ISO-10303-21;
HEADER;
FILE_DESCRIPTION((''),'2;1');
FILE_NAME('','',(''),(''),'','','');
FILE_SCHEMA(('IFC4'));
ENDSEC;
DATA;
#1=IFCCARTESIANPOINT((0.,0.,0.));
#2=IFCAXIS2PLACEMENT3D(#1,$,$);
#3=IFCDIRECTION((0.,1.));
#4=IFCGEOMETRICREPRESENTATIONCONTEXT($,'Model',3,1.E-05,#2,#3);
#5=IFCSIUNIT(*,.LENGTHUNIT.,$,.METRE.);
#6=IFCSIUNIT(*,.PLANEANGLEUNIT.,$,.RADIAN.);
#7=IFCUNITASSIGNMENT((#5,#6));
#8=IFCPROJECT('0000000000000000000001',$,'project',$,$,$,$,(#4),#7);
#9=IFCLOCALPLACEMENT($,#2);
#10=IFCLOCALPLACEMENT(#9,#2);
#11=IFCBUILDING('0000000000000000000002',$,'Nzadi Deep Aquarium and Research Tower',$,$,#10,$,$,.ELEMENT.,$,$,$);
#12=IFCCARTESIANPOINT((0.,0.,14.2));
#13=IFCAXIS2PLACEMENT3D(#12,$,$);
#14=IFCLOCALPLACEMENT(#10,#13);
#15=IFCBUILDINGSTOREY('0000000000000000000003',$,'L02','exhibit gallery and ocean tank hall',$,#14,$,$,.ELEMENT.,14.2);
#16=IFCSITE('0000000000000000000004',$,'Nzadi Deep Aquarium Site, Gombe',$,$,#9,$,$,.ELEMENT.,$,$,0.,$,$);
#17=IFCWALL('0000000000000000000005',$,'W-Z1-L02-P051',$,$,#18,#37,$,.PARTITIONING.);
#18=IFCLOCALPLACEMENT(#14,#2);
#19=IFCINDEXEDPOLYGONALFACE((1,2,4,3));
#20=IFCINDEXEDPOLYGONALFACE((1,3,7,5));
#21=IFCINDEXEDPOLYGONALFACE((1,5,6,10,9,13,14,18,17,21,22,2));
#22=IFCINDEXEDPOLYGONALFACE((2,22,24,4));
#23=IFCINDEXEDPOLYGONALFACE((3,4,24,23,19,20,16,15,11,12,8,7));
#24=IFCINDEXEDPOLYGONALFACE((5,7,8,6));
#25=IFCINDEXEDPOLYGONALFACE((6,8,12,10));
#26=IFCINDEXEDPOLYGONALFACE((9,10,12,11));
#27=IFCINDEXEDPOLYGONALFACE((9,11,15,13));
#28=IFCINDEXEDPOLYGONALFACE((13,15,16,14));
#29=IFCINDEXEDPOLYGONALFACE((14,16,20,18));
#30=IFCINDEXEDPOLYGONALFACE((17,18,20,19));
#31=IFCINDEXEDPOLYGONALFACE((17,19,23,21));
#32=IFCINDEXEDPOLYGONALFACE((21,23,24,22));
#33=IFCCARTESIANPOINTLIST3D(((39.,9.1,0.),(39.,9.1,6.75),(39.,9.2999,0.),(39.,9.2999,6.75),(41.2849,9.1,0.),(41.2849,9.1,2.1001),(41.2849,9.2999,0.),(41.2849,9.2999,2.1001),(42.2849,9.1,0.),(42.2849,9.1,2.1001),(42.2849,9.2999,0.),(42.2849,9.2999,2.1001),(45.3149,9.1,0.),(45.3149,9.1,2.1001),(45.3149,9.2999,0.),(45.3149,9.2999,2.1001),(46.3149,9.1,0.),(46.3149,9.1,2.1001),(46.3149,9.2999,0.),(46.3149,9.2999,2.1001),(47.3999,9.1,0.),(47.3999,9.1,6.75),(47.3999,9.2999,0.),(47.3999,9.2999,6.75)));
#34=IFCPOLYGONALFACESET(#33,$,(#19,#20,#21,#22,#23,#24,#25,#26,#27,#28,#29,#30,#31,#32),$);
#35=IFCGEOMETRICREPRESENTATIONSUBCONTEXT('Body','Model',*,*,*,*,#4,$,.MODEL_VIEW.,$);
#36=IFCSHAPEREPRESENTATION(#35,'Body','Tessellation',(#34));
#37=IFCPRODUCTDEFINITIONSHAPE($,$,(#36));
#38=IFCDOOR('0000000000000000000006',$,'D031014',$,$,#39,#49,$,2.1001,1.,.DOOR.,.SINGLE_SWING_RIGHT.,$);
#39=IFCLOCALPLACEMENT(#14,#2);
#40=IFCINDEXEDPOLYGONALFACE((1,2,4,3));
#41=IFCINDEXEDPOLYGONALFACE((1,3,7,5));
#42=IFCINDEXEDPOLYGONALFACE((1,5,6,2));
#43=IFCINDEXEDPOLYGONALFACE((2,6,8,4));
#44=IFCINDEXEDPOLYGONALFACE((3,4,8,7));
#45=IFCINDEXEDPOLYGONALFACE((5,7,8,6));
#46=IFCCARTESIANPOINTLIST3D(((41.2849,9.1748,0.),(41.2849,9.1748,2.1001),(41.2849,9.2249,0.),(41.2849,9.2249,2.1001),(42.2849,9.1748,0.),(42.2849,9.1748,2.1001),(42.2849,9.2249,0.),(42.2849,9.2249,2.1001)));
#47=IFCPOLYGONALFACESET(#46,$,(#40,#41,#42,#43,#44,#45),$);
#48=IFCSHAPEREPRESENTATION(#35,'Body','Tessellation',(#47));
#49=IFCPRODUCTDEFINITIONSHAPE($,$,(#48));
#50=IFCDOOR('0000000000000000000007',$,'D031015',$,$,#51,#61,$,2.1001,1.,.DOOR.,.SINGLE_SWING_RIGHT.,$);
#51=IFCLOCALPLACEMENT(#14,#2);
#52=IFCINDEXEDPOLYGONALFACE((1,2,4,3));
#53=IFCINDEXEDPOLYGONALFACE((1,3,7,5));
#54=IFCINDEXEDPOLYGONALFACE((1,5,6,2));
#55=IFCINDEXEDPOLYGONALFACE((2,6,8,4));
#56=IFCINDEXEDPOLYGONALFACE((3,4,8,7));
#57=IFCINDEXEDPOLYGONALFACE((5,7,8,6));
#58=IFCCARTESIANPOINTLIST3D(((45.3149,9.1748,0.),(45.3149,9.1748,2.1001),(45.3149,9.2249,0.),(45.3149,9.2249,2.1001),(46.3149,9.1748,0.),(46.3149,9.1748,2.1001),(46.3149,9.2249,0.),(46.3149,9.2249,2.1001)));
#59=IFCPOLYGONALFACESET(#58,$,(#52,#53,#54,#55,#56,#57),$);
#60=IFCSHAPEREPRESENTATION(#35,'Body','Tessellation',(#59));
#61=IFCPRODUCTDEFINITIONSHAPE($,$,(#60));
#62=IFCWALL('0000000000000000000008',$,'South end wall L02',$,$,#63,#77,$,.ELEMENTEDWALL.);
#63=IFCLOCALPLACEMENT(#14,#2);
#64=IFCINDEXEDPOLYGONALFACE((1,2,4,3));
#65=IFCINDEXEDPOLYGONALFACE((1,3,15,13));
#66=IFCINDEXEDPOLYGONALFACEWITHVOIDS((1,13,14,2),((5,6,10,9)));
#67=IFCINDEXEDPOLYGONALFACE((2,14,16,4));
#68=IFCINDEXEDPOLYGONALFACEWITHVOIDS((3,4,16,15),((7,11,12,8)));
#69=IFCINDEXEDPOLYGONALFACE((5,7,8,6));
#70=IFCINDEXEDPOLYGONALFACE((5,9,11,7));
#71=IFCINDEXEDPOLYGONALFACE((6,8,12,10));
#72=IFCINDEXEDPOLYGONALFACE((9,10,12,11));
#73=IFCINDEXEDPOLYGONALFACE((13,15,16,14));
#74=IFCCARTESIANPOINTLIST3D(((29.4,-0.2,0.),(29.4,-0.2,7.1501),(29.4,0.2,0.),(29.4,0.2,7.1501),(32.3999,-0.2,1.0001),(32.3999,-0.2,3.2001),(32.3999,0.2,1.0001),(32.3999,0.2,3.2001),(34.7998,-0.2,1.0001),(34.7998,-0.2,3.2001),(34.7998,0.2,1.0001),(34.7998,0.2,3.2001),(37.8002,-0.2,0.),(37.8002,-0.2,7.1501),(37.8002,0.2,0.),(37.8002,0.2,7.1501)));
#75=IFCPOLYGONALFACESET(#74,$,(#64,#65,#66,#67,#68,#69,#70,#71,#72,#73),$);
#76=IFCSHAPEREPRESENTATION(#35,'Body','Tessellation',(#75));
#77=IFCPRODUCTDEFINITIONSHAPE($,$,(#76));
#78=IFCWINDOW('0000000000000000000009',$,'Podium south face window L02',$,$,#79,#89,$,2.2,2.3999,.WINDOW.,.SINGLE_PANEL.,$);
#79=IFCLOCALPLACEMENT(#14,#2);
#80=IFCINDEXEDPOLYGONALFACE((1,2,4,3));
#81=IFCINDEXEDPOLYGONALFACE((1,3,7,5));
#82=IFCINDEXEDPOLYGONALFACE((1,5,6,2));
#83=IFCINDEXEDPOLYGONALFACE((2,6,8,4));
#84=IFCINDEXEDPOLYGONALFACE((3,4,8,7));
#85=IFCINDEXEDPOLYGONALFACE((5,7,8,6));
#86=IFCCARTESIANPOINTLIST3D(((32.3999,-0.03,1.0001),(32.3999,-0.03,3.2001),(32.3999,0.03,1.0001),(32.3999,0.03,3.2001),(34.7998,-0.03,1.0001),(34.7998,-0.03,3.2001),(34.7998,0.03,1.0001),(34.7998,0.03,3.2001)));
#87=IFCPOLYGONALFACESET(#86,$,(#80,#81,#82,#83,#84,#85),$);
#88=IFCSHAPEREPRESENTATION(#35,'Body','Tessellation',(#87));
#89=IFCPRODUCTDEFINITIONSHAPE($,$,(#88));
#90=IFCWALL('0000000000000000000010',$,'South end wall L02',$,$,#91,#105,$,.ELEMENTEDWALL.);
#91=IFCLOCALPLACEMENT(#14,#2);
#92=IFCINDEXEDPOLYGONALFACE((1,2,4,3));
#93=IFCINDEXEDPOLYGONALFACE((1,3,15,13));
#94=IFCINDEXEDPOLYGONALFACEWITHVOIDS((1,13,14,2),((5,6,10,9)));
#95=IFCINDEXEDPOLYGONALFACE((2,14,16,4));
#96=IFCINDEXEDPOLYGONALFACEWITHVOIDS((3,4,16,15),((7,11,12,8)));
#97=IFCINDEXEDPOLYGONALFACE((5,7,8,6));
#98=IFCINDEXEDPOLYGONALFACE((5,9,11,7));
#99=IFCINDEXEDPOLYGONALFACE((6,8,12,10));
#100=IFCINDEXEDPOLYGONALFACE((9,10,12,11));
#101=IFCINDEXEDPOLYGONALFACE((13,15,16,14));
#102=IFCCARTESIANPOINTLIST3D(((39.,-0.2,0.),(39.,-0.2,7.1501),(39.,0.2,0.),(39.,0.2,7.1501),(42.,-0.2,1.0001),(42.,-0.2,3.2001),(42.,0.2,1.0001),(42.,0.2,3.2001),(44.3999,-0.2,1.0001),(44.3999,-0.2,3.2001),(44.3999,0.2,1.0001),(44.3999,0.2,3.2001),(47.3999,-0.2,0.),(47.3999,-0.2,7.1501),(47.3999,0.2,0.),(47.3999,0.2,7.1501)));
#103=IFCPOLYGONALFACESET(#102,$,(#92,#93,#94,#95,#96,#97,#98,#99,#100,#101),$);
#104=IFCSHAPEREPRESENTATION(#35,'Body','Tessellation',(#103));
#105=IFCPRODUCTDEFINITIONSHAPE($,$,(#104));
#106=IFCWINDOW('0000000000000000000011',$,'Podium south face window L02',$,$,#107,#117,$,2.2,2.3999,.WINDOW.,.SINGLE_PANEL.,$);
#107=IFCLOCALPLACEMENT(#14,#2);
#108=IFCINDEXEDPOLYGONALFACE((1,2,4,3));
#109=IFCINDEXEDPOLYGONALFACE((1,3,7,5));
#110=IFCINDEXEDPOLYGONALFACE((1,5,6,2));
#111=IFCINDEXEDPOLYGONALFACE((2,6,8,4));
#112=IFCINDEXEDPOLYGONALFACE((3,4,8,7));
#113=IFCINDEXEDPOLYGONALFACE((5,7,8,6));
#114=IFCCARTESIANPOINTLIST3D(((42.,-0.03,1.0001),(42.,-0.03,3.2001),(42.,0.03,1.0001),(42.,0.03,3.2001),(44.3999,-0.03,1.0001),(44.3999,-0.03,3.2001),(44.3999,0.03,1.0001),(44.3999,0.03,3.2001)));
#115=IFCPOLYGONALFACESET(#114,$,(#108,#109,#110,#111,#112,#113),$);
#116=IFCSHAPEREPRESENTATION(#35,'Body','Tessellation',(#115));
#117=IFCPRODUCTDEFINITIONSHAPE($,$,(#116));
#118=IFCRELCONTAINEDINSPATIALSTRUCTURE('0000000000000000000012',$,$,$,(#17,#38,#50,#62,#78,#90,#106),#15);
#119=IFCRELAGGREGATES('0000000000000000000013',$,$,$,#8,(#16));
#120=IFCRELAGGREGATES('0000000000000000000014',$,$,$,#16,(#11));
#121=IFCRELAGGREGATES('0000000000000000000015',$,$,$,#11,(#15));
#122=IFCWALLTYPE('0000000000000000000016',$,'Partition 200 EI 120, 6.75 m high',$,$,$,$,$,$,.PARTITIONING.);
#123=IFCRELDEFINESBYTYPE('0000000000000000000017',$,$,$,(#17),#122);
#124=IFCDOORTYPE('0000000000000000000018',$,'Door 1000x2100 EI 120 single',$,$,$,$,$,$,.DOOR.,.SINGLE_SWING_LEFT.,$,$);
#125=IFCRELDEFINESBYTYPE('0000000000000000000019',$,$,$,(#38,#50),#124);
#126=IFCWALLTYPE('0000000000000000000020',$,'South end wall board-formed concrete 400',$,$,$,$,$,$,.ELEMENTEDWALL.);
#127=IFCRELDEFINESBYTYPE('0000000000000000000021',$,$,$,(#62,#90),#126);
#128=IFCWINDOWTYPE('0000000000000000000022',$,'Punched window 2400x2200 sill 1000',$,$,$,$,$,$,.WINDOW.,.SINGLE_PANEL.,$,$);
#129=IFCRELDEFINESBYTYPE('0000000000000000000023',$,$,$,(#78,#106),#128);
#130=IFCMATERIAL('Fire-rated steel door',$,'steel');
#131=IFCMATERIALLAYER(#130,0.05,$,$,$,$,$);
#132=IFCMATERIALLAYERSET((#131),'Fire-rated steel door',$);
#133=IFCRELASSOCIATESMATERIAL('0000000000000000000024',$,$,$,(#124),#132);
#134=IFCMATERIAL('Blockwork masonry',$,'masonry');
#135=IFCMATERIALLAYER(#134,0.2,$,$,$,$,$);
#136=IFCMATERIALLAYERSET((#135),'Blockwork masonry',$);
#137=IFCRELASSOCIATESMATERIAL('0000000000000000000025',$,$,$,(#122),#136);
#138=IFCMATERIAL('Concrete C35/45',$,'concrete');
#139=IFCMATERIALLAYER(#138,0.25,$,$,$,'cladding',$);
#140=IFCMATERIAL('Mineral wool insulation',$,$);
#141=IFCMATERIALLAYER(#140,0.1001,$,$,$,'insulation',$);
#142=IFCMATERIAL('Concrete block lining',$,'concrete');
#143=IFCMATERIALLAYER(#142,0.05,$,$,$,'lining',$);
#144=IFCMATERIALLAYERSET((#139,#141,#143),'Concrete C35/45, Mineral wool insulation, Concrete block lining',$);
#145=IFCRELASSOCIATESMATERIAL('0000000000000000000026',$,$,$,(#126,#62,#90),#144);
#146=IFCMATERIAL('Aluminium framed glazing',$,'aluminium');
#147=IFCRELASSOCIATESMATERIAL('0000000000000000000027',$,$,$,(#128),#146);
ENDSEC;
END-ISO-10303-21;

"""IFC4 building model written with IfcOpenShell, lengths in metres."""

from ifc_helpers import new_model, si_unit, direction, frame, frame_2d, origin, place, context, subcontext, project, spatial, rectangle, extrude, material, layer, layer_set, layer_usage, type_object, element, fill, save


model = new_model("IFC4")

# Units and contexts
model_context = context("Model", 3, precision=1e-05, world=origin(), true_north=direction((0.0, 1.0)))
body_context = subcontext(model_context, "Body", "Model", "MODEL_VIEW")
ifc_project = project(units=[si_unit("LENGTHUNIT", "METRE"), si_unit("PLANEANGLEUNIT", "RADIAN")], contexts=[model_context])

# Site, building, storey
site_placement = place(None, origin())
site = spatial("IfcSite", under=ifc_project, at=site_placement, Name="Nzadi Deep Aquarium Site, Gombe", CompositionType="ELEMENT", RefElevation=0.0)
building_placement = place(site_placement, origin())
building = spatial("IfcBuilding", under=site, at=building_placement, Name="Nzadi Deep Aquarium and Research Tower", CompositionType="ELEMENT")
storey_placement = place(building_placement, frame((0.0, 0.0, 14.2)))
storey = spatial("IfcBuildingStorey", under=building, at=storey_placement, Name="L02", Description="exhibit gallery and ocean tank hall", CompositionType="ELEMENT", Elevation=14.2)

# Shared definitions
ifc_material_1 = material(Name="Fire-rated steel door", Category="steel")
ifc_layer_1 = layer(ifc_material_1, 0.05)
ifc_layer_set_1 = layer_set([ifc_layer_1], Name="Fire-rated steel door")
door_type = type_object("IfcDoorType", Name="Door 1000x2100 EI 120 single", OperationType="SINGLE_SWING_LEFT", PredefinedType="DOOR", material=ifc_layer_set_1)

# Shared definitions
ifc_material_2 = material(Name="Blockwork masonry", Category="masonry")
ifc_layer_2 = layer(ifc_material_2, 0.2)
ifc_layer_set_2 = layer_set([ifc_layer_2], Name="Blockwork masonry")
wall_type_1 = type_object("IfcWallType", Name="Partition 200 EI 120, 6.75 m high", PredefinedType="PARTITIONING", material=ifc_layer_set_2)

# Wall, openings, doors
wall_1_placement = place(storey_placement, frame((39.0, 9.2, 0.0), z_axis=(0.0, 0.0, 1.0), x_axis=(1.0, 0.0, 0.0)))
wall_1 = element("IfcWall", 1, at=wall_1_placement, inside=storey, type_object=wall_type_1, Name="W-Z1-L02-P051", PredefinedType="PARTITIONING", context=body_context, shape_type="SweptSolid", body=[
    extrude(rectangle(XDim=8.3999, YDim=0.2, at=frame_2d((4.2, 0.0))), origin(), (0.0, 0.0, 1.0), 6.75),
])
opening_1_placement = place(wall_1_placement, frame((2.2849, 0.0, 0.0)))
opening_1 = element("IfcOpeningElement", 2, at=opening_1_placement, cuts=wall_1, PredefinedType="OPENING", context=body_context, shape_type="SweptSolid", body=[
    extrude(rectangle(XDim=1.0, YDim=2.1001, at=frame_2d((0.5, 1.05))), frame((0.0, 0.1101, 0.0), z_axis=(0.0, -1.0, 0.0), x_axis=(1.0, 0.0, 0.0)), (0.0, 0.0, 1.0), 0.2202),
])
opening_2_placement = place(wall_1_placement, frame((6.3149, 0.0, 0.0)))
opening_2 = element("IfcOpeningElement", 3, at=opening_2_placement, cuts=wall_1, PredefinedType="OPENING", context=body_context, shape_type="SweptSolid", body=[
    extrude(rectangle(XDim=1.0, YDim=2.1001, at=frame_2d((0.5, 1.05))), frame((0.0, 0.1101, 0.0), z_axis=(0.0, -1.0, 0.0), x_axis=(1.0, 0.0, 0.0)), (0.0, 0.0, 1.0), 0.2202),
])
door_1_placement = place(opening_1_placement, origin())
door_1 = element("IfcDoor", 4, at=door_1_placement, inside=storey, type_object=door_type, Name="D031014", OperationType="SINGLE_SWING_RIGHT", OverallHeight=2.1001, OverallWidth=1.0, PredefinedType="DOOR", context=body_context, shape_type="SweptSolid", body=[
    extrude(rectangle(XDim=1.0, YDim=2.1001, at=frame_2d((0.5, 1.05))), frame((0.0, 0.0249, 0.0), z_axis=(0.0, -1.0, 0.0), x_axis=(1.0, 0.0, 0.0)), (0.0, 0.0, 1.0), 0.05),
])
fill(opening_1, door_1)
door_2_placement = place(opening_2_placement, origin())
door_2 = element("IfcDoor", 5, at=door_2_placement, inside=storey, type_object=door_type, Name="D031015", OperationType="SINGLE_SWING_RIGHT", OverallHeight=2.1001, OverallWidth=1.0, PredefinedType="DOOR", context=body_context, shape_type="SweptSolid", body=[
    extrude(rectangle(XDim=1.0, YDim=2.1001, at=frame_2d((0.5, 1.05))), frame((0.0, 0.0249, 0.0), z_axis=(0.0, -1.0, 0.0), x_axis=(1.0, 0.0, 0.0)), (0.0, 0.0, 1.0), 0.05),
])
fill(opening_2, door_2)

# Walls, openings, windows
ifc_material_3 = material(Name="Concrete C35/45", Category="concrete")
ifc_layer_3 = layer(ifc_material_3, 0.25, Category="cladding")
ifc_material_4 = material(Name="Mineral wool insulation")
ifc_layer_4 = layer(ifc_material_4, 0.1001, Category="insulation")
ifc_material_5 = material(Name="Concrete block lining", Category="concrete")
ifc_layer_5 = layer(ifc_material_5, 0.05, Category="lining")
ifc_layer_set_3 = layer_set([ifc_layer_3, ifc_layer_4, ifc_layer_5], Name="Concrete C35/45, Mineral wool insulation, Concrete block lining")
ifc_layer_usage_1 = layer_usage(ifc_layer_set_3, "AXIS2", "POSITIVE", -0.2)
wall_type_2 = type_object("IfcWallType", Name="South end wall board-formed concrete 400", PredefinedType="ELEMENTEDWALL", material=ifc_layer_set_3)
wall_2_placement = place(storey_placement, frame((29.3999, 0.0, 0.0), z_axis=(0.0, 0.0, 1.0), x_axis=(1.0, 0.0, 0.0)))
wall_2 = element("IfcWall", 6, at=wall_2_placement, inside=storey, type_object=wall_type_2, material=ifc_layer_usage_1, Name="South end wall L02", PredefinedType="ELEMENTEDWALL", context=body_context, shape_type="SweptSolid", body=[
    extrude(rectangle(XDim=8.4001, YDim=0.3999, at=frame_2d((4.2002, 0.0))), origin(), (0.0, 0.0, 1.0), 7.1501),
])
opening_3_placement = place(wall_2_placement, frame((3.0, 0.0, 1.0)))
opening_3 = element("IfcOpeningElement", 7, at=opening_3_placement, cuts=wall_2, PredefinedType="OPENING", context=body_context, shape_type="SweptSolid", body=[
    extrude(rectangle(XDim=2.3999, YDim=2.2, at=frame_2d((1.2, 1.1001))), frame((0.0, 0.21, 0.0), z_axis=(0.0, -1.0, 0.0), x_axis=(1.0, 0.0, 0.0)), (0.0, 0.0, 1.0), 0.4199),
])
ifc_material_6 = material(Name="Aluminium framed glazing", Category="aluminium")
window_type = type_object("IfcWindowType", Name="Punched window 2400x2200 sill 1000", PartitioningType="SINGLE_PANEL", PredefinedType="WINDOW", material=ifc_material_6)
window_1_placement = place(opening_3_placement, origin())
window_1 = element("IfcWindow", 8, at=window_1_placement, inside=storey, type_object=window_type, Name="Podium south face window L02", OverallHeight=2.2, OverallWidth=2.3999, PartitioningType="SINGLE_PANEL", PredefinedType="WINDOW", context=body_context, shape_type="SweptSolid", body=[
    extrude(rectangle(XDim=2.3999, YDim=2.2, at=frame_2d((1.2, 1.1001))), frame((0.0, 0.03, 0.0), z_axis=(0.0, -1.0, 0.0), x_axis=(1.0, 0.0, 0.0)), (0.0, 0.0, 1.0), 0.0601),
])
fill(opening_3, window_1)
ifc_layer_usage_2 = layer_usage(ifc_layer_set_3, "AXIS2", "POSITIVE", -0.2)
wall_3_placement = place(storey_placement, frame((39.0, 0.0, 0.0), z_axis=(0.0, 0.0, 1.0), x_axis=(1.0, 0.0, 0.0)))
wall_3 = element("IfcWall", 9, at=wall_3_placement, inside=storey, type_object=wall_type_2, material=ifc_layer_usage_2, Name="South end wall L02", PredefinedType="ELEMENTEDWALL", context=body_context, shape_type="SweptSolid", body=[
    extrude(rectangle(XDim=8.3999, YDim=0.3999, at=frame_2d((4.2, 0.0))), origin(), (0.0, 0.0, 1.0), 7.1501),
])
opening_4_placement = place(wall_3_placement, frame((3.0, 0.0, 1.0)))
opening_4 = element("IfcOpeningElement", 10, at=opening_4_placement, cuts=wall_3, PredefinedType="OPENING", context=body_context, shape_type="SweptSolid", body=[
    extrude(rectangle(XDim=2.3999, YDim=2.2, at=frame_2d((1.2, 1.1001))), frame((0.0, 0.21, 0.0), z_axis=(0.0, -1.0, 0.0), x_axis=(1.0, 0.0, 0.0)), (0.0, 0.0, 1.0), 0.4199),
])
window_2_placement = place(opening_4_placement, origin())
window_2 = element("IfcWindow", 11, at=window_2_placement, inside=storey, type_object=window_type, Name="Podium south face window L02", OverallHeight=2.2, OverallWidth=2.3999, PartitioningType="SINGLE_PANEL", PredefinedType="WINDOW", context=body_context, shape_type="SweptSolid", body=[
    extrude(rectangle(XDim=2.3999, YDim=2.2, at=frame_2d((1.2, 1.1001))), frame((0.0, 0.03, 0.0), z_axis=(0.0, -1.0, 0.0), x_axis=(1.0, 0.0, 0.0)), (0.0, 0.0, 1.0), 0.0601),
])
fill(opening_4, window_2)

save(model, "model.ifc")
